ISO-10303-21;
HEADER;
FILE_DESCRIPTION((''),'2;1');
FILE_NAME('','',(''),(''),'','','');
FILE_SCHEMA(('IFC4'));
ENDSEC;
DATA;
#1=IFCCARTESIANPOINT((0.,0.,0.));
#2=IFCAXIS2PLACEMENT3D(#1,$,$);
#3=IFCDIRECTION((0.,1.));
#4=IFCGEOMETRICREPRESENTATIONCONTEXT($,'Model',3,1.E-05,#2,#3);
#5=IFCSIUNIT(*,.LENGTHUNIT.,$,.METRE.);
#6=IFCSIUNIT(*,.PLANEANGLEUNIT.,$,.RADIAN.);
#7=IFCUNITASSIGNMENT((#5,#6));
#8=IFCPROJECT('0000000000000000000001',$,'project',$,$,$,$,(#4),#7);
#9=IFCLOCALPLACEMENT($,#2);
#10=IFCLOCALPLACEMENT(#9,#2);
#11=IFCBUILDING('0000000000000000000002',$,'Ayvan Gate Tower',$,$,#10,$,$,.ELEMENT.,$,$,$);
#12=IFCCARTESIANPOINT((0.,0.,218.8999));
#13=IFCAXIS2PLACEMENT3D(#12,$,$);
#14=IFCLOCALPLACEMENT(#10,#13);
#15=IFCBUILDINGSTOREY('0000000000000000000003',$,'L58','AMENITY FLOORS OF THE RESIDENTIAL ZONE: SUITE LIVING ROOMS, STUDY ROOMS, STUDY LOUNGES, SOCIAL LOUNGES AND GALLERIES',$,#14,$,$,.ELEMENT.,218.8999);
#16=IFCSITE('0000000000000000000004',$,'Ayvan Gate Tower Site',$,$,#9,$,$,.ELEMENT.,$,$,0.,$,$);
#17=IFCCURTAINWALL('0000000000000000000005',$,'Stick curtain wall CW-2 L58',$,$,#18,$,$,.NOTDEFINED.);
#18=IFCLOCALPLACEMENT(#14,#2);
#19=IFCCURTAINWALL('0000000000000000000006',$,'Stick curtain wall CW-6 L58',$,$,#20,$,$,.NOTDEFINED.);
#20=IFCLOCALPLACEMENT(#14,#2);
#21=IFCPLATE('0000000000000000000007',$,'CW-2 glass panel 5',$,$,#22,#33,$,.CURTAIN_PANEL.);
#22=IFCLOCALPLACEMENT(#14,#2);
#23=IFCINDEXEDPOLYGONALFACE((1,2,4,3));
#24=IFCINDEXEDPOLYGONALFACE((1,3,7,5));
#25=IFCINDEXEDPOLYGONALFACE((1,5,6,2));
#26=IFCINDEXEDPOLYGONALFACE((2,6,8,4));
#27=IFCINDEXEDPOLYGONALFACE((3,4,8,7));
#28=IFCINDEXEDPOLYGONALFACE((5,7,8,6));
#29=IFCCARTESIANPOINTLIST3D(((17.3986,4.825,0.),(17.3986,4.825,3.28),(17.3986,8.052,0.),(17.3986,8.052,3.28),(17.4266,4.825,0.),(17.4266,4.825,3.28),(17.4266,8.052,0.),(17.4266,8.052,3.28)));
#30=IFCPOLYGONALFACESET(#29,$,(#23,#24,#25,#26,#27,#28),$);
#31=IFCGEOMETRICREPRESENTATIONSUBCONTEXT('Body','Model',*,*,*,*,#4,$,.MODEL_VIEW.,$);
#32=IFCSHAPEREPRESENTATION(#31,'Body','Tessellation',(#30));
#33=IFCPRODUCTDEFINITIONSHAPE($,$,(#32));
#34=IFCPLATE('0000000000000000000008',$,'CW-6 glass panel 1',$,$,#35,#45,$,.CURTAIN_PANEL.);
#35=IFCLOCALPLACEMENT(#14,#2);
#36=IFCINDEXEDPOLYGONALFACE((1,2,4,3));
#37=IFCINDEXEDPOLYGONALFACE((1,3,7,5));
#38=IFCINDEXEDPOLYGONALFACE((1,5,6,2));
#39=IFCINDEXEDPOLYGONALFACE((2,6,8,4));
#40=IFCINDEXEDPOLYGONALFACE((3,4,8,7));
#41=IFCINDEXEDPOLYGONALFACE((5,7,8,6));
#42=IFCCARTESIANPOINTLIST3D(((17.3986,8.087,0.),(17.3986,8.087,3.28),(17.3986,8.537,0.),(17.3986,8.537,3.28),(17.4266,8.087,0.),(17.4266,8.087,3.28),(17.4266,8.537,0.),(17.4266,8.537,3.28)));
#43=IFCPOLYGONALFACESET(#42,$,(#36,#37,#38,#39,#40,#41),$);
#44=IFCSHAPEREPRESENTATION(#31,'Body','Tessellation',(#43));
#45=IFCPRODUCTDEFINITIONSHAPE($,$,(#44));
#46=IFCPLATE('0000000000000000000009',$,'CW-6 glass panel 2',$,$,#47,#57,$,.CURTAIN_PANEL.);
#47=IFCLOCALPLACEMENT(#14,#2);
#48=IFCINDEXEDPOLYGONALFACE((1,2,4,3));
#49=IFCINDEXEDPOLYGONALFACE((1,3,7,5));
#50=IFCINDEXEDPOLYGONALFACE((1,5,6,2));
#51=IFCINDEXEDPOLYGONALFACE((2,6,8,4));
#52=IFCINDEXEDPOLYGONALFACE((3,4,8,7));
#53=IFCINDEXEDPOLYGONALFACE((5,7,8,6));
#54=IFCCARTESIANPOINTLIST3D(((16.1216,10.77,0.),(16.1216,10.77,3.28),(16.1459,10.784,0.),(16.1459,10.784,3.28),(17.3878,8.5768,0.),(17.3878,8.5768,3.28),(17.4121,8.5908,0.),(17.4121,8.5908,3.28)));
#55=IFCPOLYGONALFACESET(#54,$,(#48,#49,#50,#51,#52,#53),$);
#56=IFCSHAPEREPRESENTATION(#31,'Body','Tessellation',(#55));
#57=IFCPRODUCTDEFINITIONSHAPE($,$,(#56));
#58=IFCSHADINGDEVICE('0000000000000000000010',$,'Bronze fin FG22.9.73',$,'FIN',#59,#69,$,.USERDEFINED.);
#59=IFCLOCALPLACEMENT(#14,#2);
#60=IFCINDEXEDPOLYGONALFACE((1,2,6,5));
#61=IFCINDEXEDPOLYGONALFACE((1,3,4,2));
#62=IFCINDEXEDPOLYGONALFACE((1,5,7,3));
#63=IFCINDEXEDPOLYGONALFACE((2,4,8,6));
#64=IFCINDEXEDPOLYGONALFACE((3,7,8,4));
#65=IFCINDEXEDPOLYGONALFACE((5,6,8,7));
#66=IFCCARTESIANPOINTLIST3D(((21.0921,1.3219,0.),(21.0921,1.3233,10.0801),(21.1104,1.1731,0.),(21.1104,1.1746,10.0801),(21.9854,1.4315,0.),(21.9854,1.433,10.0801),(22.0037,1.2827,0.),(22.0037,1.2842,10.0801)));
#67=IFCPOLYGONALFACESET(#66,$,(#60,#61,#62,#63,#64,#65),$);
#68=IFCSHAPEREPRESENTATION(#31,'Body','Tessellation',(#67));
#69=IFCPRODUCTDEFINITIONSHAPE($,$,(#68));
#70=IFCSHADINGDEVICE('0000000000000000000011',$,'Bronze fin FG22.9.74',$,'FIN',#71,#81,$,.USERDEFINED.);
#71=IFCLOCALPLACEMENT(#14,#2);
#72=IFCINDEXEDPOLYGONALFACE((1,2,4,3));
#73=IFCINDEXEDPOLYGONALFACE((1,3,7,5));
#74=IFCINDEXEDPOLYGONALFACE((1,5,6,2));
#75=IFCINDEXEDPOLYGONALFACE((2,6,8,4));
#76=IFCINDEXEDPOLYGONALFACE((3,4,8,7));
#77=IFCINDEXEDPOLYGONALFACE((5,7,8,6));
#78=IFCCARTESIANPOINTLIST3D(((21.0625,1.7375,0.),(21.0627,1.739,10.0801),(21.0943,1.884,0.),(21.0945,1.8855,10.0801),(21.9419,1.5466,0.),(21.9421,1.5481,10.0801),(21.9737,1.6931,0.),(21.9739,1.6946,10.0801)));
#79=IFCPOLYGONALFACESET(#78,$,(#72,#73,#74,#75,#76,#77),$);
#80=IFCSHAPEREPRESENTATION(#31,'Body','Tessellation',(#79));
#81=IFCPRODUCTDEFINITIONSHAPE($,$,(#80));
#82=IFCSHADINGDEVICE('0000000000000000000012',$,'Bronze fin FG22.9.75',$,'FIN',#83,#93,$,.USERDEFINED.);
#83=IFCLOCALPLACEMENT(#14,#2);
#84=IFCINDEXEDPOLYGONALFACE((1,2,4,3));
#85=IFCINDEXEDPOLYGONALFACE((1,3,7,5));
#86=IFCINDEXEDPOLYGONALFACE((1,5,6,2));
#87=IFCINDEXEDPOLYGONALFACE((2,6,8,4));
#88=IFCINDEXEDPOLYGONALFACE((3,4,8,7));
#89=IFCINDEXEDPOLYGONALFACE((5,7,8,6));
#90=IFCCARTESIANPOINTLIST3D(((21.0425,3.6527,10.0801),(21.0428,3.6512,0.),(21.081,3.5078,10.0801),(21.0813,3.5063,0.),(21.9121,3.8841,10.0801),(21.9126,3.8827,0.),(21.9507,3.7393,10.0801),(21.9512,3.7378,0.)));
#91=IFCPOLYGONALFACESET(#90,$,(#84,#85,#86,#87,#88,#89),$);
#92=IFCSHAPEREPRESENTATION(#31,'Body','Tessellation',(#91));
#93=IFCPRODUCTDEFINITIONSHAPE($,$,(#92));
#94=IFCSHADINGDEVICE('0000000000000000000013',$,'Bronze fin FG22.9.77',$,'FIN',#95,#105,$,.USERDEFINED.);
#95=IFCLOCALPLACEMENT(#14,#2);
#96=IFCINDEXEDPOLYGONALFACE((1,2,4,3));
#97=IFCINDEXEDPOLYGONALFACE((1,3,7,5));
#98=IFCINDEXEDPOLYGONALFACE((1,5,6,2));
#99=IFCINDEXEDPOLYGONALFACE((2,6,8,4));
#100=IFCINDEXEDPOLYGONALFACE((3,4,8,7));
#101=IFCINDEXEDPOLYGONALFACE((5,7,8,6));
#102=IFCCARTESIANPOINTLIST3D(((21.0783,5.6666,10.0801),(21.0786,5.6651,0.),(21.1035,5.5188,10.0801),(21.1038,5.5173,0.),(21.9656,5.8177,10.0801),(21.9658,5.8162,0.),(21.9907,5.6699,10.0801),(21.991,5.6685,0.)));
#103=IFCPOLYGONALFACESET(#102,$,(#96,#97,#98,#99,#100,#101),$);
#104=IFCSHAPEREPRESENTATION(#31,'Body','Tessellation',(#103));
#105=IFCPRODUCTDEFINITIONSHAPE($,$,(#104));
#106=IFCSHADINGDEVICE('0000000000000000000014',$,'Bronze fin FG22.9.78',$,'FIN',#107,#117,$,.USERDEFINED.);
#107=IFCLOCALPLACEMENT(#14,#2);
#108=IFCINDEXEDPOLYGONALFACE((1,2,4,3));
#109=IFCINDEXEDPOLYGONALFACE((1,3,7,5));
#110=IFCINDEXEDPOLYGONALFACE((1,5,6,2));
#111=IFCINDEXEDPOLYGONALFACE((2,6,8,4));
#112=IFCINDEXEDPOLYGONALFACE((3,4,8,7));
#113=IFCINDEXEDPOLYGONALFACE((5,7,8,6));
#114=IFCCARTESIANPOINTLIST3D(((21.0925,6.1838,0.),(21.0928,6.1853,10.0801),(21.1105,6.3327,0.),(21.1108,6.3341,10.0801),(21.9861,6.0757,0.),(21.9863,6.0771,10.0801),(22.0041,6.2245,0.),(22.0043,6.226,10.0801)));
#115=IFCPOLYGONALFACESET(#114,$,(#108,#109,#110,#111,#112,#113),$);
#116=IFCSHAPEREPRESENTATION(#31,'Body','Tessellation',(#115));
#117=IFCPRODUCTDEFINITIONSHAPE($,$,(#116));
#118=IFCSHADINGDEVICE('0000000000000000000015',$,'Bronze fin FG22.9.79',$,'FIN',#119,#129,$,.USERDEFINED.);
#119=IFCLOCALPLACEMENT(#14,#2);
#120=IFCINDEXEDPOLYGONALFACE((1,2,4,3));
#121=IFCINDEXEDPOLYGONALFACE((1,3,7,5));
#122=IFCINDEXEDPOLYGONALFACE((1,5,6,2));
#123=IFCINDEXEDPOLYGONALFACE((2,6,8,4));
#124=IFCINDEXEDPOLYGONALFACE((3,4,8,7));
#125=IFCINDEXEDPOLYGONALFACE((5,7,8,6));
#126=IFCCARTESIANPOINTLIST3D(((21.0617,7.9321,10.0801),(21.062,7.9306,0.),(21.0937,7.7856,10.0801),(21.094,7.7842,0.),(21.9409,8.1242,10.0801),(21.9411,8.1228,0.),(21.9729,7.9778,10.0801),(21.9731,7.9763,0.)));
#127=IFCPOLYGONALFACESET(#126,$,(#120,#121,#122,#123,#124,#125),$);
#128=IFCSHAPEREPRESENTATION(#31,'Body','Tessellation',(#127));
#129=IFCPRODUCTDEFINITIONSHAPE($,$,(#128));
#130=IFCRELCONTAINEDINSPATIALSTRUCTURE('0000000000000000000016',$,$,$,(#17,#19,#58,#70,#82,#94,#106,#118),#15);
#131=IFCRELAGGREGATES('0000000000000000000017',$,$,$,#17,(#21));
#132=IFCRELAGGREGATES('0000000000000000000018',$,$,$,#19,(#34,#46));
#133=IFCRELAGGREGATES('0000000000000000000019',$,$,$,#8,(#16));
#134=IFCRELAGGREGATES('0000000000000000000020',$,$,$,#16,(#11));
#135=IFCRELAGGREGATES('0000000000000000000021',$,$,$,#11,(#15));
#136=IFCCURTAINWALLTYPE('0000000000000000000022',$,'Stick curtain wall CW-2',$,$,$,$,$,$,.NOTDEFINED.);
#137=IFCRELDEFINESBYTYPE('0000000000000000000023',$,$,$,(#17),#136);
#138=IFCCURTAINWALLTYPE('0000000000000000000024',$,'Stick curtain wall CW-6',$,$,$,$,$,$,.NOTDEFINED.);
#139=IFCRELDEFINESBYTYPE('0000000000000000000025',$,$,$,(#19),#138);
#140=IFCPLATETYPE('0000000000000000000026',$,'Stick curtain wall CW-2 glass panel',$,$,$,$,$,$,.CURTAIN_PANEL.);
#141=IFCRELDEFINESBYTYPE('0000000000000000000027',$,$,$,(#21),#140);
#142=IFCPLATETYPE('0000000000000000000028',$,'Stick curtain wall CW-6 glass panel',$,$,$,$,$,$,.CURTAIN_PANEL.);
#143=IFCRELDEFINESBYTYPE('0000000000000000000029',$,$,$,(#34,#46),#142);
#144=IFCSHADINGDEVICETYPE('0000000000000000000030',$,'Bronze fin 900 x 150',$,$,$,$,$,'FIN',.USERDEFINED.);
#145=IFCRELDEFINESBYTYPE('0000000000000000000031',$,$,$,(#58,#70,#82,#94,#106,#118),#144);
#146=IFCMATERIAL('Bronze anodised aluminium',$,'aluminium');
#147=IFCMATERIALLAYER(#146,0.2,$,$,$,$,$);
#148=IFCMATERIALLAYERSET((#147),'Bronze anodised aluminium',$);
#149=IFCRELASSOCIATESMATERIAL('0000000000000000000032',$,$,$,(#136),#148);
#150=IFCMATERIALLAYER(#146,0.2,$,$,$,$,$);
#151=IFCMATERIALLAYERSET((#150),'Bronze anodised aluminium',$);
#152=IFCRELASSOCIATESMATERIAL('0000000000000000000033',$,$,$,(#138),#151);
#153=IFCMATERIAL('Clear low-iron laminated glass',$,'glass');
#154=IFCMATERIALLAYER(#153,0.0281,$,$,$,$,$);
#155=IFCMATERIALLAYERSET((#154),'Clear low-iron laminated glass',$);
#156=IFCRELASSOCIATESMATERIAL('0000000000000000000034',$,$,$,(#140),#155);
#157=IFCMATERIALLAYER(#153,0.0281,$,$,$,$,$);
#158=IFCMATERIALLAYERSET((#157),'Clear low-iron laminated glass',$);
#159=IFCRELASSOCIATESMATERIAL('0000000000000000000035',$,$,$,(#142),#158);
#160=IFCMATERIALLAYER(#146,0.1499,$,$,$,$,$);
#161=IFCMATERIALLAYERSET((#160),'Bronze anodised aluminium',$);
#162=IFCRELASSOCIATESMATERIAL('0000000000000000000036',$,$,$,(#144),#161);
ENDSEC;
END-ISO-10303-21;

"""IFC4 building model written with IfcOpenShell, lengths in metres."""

from ifc_helpers import new_model, si_unit, direction, frame, origin, origin_2d, place, context, subcontext, project, spatial, polyline, rectangle, outline, extrude, material, layer, layer_set, type_object, element, aggregate, save


model = new_model("IFC4")

# Units and contexts
model_context = context("Model", 3, precision=1e-05, world=origin(), true_north=direction((0.0, 1.0)))
body_context = subcontext(model_context, "Body", "Model", "MODEL_VIEW")
ifc_project = project(units=[si_unit("LENGTHUNIT", "METRE"), si_unit("PLANEANGLEUNIT", "RADIAN")], contexts=[model_context])

# Site, building, storey
site_placement = place(None, origin())
site = spatial("IfcSite", under=ifc_project, at=site_placement, Name="Ayvan Gate Tower Site", CompositionType="ELEMENT", RefElevation=0.0)
building_placement = place(site_placement, origin())
building = spatial("IfcBuilding", under=site, at=building_placement, Name="Ayvan Gate Tower", CompositionType="ELEMENT")
storey_placement = place(building_placement, frame((0.0, 0.0, 218.8999)))
storey = spatial("IfcBuildingStorey", under=building, at=storey_placement, Name="L58", Description="AMENITY FLOORS OF THE RESIDENTIAL ZONE: SUITE LIVING ROOMS, STUDY ROOMS, STUDY LOUNGES, SOCIAL LOUNGES AND GALLERIES", CompositionType="ELEMENT", Elevation=218.8999)

# Curtain walls
ifc_material_1 = material(Name="Bronze anodised aluminium", Category="aluminium")
ifc_layer_1 = layer(ifc_material_1, 0.2)
ifc_layer_set_1 = layer_set([ifc_layer_1], Name="Bronze anodised aluminium")
curtain_wall_type_1 = type_object("IfcCurtainWallType", Name="Stick curtain wall CW-2", PredefinedType="NOTDEFINED", material=ifc_layer_set_1)
curtain_wall_1_placement = place(storey_placement, origin())
curtain_wall_1 = element("IfcCurtainWall", 1, at=curtain_wall_1_placement, inside=storey, type_object=curtain_wall_type_1, Name="Stick curtain wall CW-2 L58", PredefinedType="NOTDEFINED")
ifc_layer_2 = layer(ifc_material_1, 0.2)
ifc_layer_set_2 = layer_set([ifc_layer_2], Name="Bronze anodised aluminium")
curtain_wall_type_2 = type_object("IfcCurtainWallType", Name="Stick curtain wall CW-6", PredefinedType="NOTDEFINED", material=ifc_layer_set_2)
curtain_wall_2_placement = place(storey_placement, origin())
curtain_wall_2 = element("IfcCurtainWall", 2, at=curtain_wall_2_placement, inside=storey, type_object=curtain_wall_type_2, Name="Stick curtain wall CW-6 L58", PredefinedType="NOTDEFINED")

# Plates
ifc_material_2 = material(Name="Clear low-iron laminated glass", Category="glass")
ifc_layer_3 = layer(ifc_material_2, 0.0281)
ifc_layer_set_3 = layer_set([ifc_layer_3], Name="Clear low-iron laminated glass")
plate_type_1 = type_object("IfcPlateType", Name="Stick curtain wall CW-2 glass panel", PredefinedType="CURTAIN_PANEL", material=ifc_layer_set_3)
plate_1_placement = place(storey_placement, frame((17.4126, 6.4385, 0.0), z_axis=(0.0, 0.0, 1.0), x_axis=(0.0, 1.0, 0.0)))
plate_1 = element("IfcPlate", 3, at=plate_1_placement, type_object=plate_type_1, Name="CW-2 glass panel 5", PredefinedType="CURTAIN_PANEL", context=body_context, shape_type="SweptSolid", body=[
    extrude(rectangle(XDim=3.2271, YDim=0.0281, at=origin_2d()), origin(), (0.0, 0.0, 1.0), 3.28),
])
aggregate(curtain_wall_1, [plate_1])
ifc_layer_4 = layer(ifc_material_2, 0.0281)
ifc_layer_set_4 = layer_set([ifc_layer_4], Name="Clear low-iron laminated glass")
plate_type_2 = type_object("IfcPlateType", Name="Stick curtain wall CW-6 glass panel", PredefinedType="CURTAIN_PANEL", material=ifc_layer_set_4)
plate_2_placement = place(storey_placement, frame((17.4126, 8.312, 0.0), z_axis=(0.0, 0.0, 1.0), x_axis=(0.0, 1.0, 0.0)))
plate_2 = element("IfcPlate", 4, at=plate_2_placement, type_object=plate_type_2, Name="CW-6 glass panel 1", PredefinedType="CURTAIN_PANEL", context=body_context, shape_type="SweptSolid", body=[
    extrude(rectangle(XDim=0.45, YDim=0.0281, at=origin_2d()), origin(), (0.0, 0.0, 1.0), 3.28),
])
plate_3_placement = place(storey_placement, frame((16.7668, 9.6804, 0.0), z_axis=(0.0, 0.0, 1.0), x_axis=(-0.5, 0.866025, 0.0)))
plate_3 = element("IfcPlate", 5, at=plate_3_placement, type_object=plate_type_2, Name="CW-6 glass panel 2", PredefinedType="CURTAIN_PANEL", context=body_context, shape_type="SweptSolid", body=[
    extrude(rectangle(XDim=2.5325, YDim=0.0281, at=origin_2d()), origin(), (0.0, 0.0, 1.0), 3.28),
])
aggregate(curtain_wall_2, [plate_2, plate_3])

# Shading devices
ifc_layer_5 = layer(ifc_material_1, 0.1499)
ifc_layer_set_5 = layer_set([ifc_layer_5], Name="Bronze anodised aluminium")
shading_device_type = type_object("IfcShadingDeviceType", Name="Bronze fin 900 x 150", ElementType="FIN", PredefinedType="USERDEFINED", material=ifc_layer_set_5)
shading_device_1_placement = place(storey_placement, frame((21.1104, 1.1731, 0.0), z_axis=(0.121798, -0.992555, 0.000144), x_axis=(0.992555, 0.121798, 0.0)))
element("IfcShadingDevice", 6, at=shading_device_1_placement, inside=storey, type_object=shading_device_type, Name="Bronze fin FG22.9.73", ObjectType="FIN", PredefinedType="USERDEFINED", context=body_context, shape_type="SweptSolid", body=[
    extrude(outline(polyline([(0.0, 0.0), (0.9, 0.0), (0.9002, 10.0801), (0.0002, 10.0801), (0.0, 0.0)])), origin(), (0.0, 0.0, -1.0), 0.1499),
])
shading_device_2_placement = place(storey_placement, frame((21.0625, 1.7375, 0.0), z_axis=(-0.212159, -0.977235, 0.000147), x_axis=(0.977235, -0.212159, 0.0)))
element("IfcShadingDevice", 7, at=shading_device_2_placement, inside=storey, type_object=shading_device_type, Name="Bronze fin FG22.9.74", ObjectType="FIN", PredefinedType="USERDEFINED", context=body_context, shape_type="SweptSolid", body=[
    extrude(outline(polyline([(0.0, 0.0), (0.8999, 0.0), (0.8998, 10.0801), (-0.0001, 10.0801), (0.0, 0.0)])), origin(), (0.0, 0.0, -1.0), 0.1499),
])
shading_device_3_placement = place(storey_placement, frame((21.0813, 3.5063, 0.0), z_axis=(0.257156, -0.96637, 0.00015), x_axis=(0.96637, 0.257156, 0.0)))
element("IfcShadingDevice", 8, at=shading_device_3_placement, inside=storey, type_object=shading_device_type, Name="Bronze fin FG22.9.75", ObjectType="FIN", PredefinedType="USERDEFINED", context=body_context, shape_type="SweptSolid", body=[
    extrude(outline(polyline([(0.0, 0.0), (0.9001, 0.0), (0.9, 10.0801), (0.0001, 10.0801), (0.0, 0.0)])), origin(), (0.0, 0.0, -1.0), 0.1499),
])
shading_device_4_placement = place(storey_placement, frame((21.1038, 5.5173, 0.0), z_axis=(0.167917, -0.985801, 0.000147), x_axis=(0.985801, 0.167917, 0.0)))
element("IfcShadingDevice", 9, at=shading_device_4_placement, inside=storey, type_object=shading_device_type, Name="Bronze fin FG22.9.77", ObjectType="FIN", PredefinedType="USERDEFINED", context=body_context, shape_type="SweptSolid", body=[
    extrude(outline(polyline([(0.0, 0.0), (0.9, 0.0), (0.9, 10.0801), (0.0, 10.0801), (0.0, 0.0)])), origin(), (0.0, 0.0, -1.0), 0.1499),
])
shading_device_5_placement = place(storey_placement, frame((21.0925, 6.1838, 0.0), z_axis=(-0.120161, -0.992754, 0.000147), x_axis=(0.992754, -0.120161, 0.0)))
element("IfcShadingDevice", 10, at=shading_device_5_placement, inside=storey, type_object=shading_device_type, Name="Bronze fin FG22.9.78", ObjectType="FIN", PredefinedType="USERDEFINED", context=body_context, shape_type="SweptSolid", body=[
    extrude(outline(polyline([(0.0, 0.0), (0.9001, 0.0), (0.9001, 10.0801), (0.0001, 10.0801), (0.0, 0.0)])), origin(), (0.0, 0.0, -1.0), 0.1499),
])
shading_device_6_placement = place(storey_placement, frame((21.094, 7.7842, 0.0), z_axis=(0.213511, -0.976941, 0.000147), x_axis=(0.976941, 0.213511, 0.0)))
element("IfcShadingDevice", 11, at=shading_device_6_placement, inside=storey, type_object=shading_device_type, Name="Bronze fin FG22.9.79", ObjectType="FIN", PredefinedType="USERDEFINED", context=body_context, shape_type="SweptSolid", body=[
    extrude(outline(polyline([(0.0, 0.0), (0.8999, 0.0), (0.9, 10.0801), (0.0001, 10.0801), (0.0, 0.0)])), origin(), (0.0, 0.0, -1.0), 0.1499),
])

save(model, "model.ifc")
